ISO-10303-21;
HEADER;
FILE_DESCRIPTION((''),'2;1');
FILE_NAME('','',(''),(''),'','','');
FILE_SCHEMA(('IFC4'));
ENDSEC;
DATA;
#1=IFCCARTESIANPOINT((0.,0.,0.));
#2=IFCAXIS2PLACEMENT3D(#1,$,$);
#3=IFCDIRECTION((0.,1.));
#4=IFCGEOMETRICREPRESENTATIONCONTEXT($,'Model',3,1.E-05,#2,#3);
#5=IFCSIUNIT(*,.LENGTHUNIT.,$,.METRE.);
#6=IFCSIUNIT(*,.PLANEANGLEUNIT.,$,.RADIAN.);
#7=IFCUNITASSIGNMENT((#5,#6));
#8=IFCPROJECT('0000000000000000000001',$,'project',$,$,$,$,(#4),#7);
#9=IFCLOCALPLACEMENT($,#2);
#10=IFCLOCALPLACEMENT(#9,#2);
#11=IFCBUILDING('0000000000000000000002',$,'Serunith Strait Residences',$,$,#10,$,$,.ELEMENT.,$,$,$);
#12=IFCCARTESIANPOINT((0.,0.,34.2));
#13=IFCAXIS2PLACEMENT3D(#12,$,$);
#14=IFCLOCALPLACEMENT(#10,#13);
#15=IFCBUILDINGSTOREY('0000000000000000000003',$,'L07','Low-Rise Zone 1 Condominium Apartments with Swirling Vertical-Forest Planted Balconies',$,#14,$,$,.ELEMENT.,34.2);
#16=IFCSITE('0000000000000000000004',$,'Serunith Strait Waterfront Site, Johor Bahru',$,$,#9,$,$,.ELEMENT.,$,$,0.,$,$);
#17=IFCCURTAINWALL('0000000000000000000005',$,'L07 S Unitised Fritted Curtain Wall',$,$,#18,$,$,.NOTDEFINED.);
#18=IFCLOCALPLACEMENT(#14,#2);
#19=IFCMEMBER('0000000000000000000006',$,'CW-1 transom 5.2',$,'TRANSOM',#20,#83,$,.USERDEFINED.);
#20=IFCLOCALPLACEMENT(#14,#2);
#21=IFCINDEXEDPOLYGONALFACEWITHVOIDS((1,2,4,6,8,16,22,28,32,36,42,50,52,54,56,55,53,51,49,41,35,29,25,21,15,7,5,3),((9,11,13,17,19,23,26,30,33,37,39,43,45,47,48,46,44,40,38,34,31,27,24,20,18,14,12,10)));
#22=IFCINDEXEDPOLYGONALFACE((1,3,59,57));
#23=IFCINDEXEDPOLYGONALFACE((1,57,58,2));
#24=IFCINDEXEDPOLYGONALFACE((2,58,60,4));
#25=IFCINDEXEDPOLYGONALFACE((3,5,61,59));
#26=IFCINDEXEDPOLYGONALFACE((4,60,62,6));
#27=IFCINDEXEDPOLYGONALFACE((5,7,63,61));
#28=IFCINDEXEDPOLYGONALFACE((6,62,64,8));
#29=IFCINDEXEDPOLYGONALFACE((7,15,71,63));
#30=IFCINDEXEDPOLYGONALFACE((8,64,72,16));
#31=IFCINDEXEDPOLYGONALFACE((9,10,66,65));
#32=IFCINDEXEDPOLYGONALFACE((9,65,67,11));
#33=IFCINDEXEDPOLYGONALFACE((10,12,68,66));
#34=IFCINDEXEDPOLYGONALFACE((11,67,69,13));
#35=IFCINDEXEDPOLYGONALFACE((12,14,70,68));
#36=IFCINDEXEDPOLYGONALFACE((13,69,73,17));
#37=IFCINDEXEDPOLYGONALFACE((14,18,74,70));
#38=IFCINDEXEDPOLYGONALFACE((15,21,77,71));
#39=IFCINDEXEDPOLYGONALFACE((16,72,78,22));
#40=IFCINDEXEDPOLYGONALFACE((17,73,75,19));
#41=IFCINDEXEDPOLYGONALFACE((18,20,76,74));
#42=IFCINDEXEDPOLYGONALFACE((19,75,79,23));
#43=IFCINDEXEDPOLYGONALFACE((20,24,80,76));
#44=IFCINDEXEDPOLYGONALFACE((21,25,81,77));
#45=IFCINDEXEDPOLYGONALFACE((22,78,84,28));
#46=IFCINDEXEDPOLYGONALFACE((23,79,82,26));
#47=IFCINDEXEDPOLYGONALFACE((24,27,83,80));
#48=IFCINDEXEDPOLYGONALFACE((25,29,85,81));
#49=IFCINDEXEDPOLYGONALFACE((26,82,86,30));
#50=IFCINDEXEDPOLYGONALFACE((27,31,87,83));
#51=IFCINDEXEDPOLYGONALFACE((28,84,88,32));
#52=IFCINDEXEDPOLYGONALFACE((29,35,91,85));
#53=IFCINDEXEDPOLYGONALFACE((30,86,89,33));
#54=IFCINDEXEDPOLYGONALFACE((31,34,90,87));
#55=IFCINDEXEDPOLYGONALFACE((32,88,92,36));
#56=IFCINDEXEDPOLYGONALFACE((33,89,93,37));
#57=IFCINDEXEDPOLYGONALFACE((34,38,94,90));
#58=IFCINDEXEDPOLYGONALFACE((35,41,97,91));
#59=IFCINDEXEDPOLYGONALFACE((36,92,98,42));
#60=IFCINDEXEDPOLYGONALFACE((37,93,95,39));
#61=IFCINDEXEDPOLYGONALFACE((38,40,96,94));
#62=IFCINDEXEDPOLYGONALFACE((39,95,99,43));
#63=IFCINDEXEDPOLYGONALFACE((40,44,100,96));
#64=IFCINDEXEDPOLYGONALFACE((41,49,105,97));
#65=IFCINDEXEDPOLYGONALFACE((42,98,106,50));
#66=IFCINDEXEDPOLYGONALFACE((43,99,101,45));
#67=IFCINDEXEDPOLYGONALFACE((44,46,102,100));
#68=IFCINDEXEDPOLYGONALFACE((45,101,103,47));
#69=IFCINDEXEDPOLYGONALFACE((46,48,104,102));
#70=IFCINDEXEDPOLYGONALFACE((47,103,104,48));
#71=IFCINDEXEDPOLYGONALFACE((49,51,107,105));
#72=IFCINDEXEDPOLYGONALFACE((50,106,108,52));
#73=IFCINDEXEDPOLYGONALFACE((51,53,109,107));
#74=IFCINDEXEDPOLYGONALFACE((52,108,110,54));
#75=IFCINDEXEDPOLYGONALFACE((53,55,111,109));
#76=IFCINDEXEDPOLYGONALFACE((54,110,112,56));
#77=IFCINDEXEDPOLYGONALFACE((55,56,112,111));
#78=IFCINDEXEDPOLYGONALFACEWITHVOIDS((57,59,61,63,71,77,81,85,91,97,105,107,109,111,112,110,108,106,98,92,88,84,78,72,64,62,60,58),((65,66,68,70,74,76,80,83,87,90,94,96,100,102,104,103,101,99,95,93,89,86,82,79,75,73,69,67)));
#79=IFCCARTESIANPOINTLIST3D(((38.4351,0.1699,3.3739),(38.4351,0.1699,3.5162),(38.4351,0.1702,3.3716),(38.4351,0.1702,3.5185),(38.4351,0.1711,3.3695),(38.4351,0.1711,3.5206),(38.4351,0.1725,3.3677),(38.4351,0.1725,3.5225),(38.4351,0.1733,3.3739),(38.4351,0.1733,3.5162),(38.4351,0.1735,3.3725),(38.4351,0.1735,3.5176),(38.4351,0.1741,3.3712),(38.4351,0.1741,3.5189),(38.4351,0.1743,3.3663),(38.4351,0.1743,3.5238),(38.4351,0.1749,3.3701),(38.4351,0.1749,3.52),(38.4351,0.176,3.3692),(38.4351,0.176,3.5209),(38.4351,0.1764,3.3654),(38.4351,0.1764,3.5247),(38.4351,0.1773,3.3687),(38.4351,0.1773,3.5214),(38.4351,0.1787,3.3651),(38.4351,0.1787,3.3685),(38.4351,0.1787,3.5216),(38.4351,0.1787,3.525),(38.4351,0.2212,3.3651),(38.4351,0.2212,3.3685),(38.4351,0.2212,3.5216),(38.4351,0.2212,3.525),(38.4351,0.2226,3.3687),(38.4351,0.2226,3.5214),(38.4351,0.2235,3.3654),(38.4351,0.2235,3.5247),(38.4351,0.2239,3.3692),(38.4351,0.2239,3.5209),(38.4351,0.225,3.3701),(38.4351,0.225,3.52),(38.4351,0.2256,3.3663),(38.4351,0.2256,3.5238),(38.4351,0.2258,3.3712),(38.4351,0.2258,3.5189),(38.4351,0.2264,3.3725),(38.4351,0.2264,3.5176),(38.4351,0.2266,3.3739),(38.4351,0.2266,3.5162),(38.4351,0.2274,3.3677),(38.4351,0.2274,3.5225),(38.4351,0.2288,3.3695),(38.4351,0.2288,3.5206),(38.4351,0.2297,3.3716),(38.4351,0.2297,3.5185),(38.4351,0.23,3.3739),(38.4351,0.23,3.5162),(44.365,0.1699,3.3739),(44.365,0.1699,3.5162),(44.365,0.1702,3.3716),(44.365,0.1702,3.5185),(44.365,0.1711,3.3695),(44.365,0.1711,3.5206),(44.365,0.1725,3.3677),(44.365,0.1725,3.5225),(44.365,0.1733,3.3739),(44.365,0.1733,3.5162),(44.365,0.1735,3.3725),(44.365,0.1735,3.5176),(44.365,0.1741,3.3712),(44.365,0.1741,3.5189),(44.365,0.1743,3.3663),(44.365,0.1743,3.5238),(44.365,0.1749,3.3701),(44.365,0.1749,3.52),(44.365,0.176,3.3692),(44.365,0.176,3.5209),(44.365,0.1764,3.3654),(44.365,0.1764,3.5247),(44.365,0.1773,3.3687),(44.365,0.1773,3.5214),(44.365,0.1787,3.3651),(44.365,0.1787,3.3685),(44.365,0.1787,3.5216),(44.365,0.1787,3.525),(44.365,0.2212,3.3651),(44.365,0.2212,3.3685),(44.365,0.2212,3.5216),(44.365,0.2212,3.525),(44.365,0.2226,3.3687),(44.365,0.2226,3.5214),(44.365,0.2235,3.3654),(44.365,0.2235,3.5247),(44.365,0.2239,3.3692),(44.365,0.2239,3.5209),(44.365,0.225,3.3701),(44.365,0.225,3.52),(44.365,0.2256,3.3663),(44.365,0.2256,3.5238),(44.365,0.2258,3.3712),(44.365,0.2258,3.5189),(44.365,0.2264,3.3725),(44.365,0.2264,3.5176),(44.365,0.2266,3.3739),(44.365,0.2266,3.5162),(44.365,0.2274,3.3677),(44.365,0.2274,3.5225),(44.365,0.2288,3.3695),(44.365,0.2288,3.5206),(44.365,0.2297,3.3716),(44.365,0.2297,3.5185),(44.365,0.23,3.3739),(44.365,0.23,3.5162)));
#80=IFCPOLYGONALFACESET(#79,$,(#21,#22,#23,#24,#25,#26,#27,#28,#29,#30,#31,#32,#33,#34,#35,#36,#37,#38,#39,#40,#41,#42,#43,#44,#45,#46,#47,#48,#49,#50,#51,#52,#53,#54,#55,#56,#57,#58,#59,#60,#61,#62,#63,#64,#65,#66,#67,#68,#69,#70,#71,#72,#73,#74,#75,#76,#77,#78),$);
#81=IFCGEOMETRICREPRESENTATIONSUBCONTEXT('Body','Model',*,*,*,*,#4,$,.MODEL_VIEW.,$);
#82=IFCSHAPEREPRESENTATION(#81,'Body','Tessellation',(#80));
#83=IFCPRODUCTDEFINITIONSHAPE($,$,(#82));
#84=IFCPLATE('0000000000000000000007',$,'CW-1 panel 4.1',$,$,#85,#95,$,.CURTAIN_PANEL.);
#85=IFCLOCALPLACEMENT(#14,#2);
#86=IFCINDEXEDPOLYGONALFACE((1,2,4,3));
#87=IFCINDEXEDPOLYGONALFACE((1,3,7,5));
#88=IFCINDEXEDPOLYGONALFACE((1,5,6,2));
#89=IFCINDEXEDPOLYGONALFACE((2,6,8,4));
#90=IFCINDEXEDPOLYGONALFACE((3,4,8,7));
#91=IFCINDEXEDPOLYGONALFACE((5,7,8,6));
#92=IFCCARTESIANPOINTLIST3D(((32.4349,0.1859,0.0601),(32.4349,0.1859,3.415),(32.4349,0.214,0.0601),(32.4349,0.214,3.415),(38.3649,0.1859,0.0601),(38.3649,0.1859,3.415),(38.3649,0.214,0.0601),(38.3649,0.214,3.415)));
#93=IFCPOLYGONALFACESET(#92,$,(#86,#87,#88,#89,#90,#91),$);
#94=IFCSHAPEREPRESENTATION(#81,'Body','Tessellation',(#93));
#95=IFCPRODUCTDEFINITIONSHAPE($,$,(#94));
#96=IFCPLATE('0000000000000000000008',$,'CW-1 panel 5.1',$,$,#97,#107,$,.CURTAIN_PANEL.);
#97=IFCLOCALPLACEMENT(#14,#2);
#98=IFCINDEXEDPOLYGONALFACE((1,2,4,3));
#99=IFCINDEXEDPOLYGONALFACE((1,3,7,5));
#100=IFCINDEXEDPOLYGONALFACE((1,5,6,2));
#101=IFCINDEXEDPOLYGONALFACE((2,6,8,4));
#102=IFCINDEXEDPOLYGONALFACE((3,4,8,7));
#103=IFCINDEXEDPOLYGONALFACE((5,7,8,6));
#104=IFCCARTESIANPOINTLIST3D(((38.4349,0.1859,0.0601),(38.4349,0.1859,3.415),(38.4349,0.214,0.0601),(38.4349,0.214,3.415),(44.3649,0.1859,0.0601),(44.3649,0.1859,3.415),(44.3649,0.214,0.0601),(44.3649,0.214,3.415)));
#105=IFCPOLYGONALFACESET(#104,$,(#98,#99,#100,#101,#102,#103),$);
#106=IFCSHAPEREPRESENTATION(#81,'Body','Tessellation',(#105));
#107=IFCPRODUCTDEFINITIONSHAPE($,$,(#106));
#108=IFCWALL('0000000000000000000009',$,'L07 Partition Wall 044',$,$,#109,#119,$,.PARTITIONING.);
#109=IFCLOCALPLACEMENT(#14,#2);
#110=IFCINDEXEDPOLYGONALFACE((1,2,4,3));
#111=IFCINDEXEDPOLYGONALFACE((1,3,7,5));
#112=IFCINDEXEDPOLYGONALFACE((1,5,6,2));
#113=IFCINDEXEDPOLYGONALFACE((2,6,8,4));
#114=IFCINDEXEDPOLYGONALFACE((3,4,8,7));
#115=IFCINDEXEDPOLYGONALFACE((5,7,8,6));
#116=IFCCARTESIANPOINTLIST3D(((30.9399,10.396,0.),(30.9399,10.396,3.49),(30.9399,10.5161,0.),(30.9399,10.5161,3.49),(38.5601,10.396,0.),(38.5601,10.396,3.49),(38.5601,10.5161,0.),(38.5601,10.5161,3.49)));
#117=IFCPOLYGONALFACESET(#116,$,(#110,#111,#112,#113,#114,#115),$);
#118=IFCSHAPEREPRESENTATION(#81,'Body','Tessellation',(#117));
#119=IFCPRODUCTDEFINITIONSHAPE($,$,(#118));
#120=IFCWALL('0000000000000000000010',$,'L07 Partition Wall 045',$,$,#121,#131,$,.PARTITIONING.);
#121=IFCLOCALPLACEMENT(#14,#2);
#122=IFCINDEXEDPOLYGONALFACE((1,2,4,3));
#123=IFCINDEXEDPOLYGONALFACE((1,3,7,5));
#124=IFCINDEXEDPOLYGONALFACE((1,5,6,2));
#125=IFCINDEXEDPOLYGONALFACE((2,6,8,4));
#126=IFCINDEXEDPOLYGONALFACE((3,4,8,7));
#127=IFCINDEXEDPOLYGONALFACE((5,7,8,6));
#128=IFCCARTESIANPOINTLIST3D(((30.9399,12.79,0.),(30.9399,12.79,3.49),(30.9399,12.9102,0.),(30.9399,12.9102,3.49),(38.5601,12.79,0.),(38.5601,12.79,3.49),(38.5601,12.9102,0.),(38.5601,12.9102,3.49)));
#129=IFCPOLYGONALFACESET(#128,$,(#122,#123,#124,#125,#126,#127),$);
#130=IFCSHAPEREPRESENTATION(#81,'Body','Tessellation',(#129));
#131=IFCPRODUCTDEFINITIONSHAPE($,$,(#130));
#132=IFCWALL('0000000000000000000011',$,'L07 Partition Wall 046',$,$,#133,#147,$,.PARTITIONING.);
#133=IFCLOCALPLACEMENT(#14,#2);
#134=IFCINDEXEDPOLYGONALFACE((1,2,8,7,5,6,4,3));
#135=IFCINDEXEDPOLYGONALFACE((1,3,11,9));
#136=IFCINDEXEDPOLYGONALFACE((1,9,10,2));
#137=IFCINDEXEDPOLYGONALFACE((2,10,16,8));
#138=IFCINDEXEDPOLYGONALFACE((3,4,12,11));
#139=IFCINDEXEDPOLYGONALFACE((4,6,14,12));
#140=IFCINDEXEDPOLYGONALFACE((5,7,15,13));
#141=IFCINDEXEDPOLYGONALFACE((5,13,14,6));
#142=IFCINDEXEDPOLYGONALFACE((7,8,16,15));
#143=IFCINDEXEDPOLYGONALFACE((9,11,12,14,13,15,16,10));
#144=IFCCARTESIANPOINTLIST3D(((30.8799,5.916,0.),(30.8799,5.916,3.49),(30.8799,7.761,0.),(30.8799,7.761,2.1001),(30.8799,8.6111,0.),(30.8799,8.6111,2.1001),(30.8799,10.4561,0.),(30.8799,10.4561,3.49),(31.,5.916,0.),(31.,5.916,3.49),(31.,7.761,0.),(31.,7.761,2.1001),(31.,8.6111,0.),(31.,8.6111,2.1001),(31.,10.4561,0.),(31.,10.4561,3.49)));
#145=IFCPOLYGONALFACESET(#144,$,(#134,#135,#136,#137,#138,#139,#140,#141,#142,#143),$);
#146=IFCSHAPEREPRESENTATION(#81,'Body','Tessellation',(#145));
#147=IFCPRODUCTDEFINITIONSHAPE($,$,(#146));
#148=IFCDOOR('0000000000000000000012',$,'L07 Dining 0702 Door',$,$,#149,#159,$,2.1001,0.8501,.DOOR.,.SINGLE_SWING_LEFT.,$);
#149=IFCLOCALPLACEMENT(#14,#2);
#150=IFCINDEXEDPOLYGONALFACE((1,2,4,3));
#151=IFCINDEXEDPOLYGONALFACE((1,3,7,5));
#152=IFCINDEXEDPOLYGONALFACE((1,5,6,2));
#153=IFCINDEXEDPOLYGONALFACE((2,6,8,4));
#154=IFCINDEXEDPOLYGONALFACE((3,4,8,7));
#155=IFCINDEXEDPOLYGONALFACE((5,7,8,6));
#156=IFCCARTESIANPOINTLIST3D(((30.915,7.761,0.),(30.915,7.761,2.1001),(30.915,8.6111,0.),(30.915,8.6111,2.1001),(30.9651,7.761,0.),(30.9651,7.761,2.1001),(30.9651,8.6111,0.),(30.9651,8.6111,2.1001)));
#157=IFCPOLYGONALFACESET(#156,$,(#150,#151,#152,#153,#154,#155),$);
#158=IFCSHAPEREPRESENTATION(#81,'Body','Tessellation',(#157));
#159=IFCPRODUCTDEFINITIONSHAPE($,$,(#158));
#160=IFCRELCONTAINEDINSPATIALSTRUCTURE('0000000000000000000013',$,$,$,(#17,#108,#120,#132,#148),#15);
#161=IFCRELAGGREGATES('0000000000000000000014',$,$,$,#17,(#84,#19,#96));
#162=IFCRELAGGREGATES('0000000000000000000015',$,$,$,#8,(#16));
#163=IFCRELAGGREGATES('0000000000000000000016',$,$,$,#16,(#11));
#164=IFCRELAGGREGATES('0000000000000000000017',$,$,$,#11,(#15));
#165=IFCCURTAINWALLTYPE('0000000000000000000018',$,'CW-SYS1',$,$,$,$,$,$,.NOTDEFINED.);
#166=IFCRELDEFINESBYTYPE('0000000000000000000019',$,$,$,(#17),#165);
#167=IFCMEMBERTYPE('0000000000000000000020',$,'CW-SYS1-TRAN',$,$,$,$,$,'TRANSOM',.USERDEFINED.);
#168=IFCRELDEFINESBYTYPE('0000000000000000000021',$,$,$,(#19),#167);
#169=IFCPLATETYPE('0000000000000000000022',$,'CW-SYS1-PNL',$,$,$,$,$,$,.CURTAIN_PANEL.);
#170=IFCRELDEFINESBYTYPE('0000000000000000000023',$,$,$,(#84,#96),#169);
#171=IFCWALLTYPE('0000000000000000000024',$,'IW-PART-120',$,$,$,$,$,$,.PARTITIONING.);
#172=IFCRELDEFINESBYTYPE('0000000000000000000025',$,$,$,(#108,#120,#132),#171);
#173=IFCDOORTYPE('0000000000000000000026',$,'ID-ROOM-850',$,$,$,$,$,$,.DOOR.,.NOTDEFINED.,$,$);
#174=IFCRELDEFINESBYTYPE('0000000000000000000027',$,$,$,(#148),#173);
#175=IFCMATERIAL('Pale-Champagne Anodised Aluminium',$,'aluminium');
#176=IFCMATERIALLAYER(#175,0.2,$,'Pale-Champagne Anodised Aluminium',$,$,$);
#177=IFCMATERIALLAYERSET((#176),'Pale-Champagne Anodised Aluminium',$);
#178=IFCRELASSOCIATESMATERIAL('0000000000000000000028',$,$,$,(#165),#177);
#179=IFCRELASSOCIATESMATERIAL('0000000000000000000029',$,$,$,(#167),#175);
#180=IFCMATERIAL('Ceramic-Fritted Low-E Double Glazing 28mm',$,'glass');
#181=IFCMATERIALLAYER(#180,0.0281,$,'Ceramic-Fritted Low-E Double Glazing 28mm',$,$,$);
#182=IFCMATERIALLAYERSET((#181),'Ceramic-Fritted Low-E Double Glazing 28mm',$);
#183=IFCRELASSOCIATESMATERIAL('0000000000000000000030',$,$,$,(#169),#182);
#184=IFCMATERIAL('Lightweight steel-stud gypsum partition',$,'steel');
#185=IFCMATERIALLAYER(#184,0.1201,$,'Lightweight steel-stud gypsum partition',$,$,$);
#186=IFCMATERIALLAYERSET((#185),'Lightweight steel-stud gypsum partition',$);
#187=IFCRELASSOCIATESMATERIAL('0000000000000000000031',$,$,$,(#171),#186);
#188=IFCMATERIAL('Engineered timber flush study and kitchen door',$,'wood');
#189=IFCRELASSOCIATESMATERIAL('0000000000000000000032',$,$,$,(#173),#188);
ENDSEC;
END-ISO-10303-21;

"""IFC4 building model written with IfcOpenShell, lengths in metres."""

from ifc_helpers import new_model, si_unit, direction, frame, frame_2d, origin, origin_2d, place, context, subcontext, project, spatial, rectangle, hollow_rectangle, extrude, source, transform, mapped, material, layer, layer_set, material_profile, profile_set, type_object, element, fill, aggregate, save


model = new_model("IFC4")

# Units and contexts
model_context = context("Model", 3, precision=1e-05, world=origin(), true_north=direction((0.0, 1.0)))
body_context = subcontext(model_context, "Body", "Model", "MODEL_VIEW")
ifc_project = project(units=[si_unit("LENGTHUNIT", "METRE"), si_unit("PLANEANGLEUNIT", "RADIAN")], contexts=[model_context])

# Site, building, storey
site_placement = place(None, origin())
site = spatial("IfcSite", under=ifc_project, at=site_placement, Name="Serunith Strait Waterfront Site, Johor Bahru", CompositionType="ELEMENT", RefElevation=0.0)
building_placement = place(site_placement, origin())
building = spatial("IfcBuilding", under=site, at=building_placement, Name="Serunith Strait Residences", CompositionType="ELEMENT")
storey_placement = place(building_placement, frame((0.0, 0.0, 34.2)))
storey = spatial("IfcBuildingStorey", under=building, at=storey_placement, Name="L07", Description="Low-Rise Zone 1 Condominium Apartments with Swirling Vertical-Forest Planted Balconies", CompositionType="ELEMENT", Elevation=34.2)

# Curtain wall, member, plates
ifc_material_1 = material(Name="Pale-Champagne Anodised Aluminium", Category="aluminium")
ifc_layer_1 = layer(ifc_material_1, 0.2, Name="Pale-Champagne Anodised Aluminium")
ifc_layer_set_1 = layer_set([ifc_layer_1], Name="Pale-Champagne Anodised Aluminium")
curtain_wall_type = type_object("IfcCurtainWallType", Name="CW-SYS1", PredefinedType="NOTDEFINED", material=ifc_layer_set_1)
curtain_wall_placement = place(storey_placement, origin())
curtain_wall = element("IfcCurtainWall", 1, at=curtain_wall_placement, inside=storey, type_object=curtain_wall_type, Name="L07 S Unitised Fritted Curtain Wall", PredefinedType="NOTDEFINED")
ifc_material_profile_1 = material_profile(ifc_material_1, hollow_rectangle(XDim=0.0601, YDim=0.1599, WallThickness=0.0034, InnerFilletRadius=0.0054, OuterFilletRadius=0.0088, at=origin_2d()), Name="ALU 160x60x3.5")
ifc_profile_set_1 = profile_set([ifc_material_profile_1], Name="Pale-Champagne Anodised Aluminium")
member_type_1 = type_object("IfcMemberType", Name="CW-SYS1-TRAN", ElementType="TRANSOM", PredefinedType="USERDEFINED", material=ifc_profile_set_1)
shared_shape_1 = source(origin(), body_context, "Body", "SweptSolid", [
    extrude(hollow_rectangle(XDim=0.0601, YDim=0.1599, WallThickness=0.0034, InnerFilletRadius=0.0054, OuterFilletRadius=0.0088, at=origin_2d()), origin(), (0.0, 0.0, 1.0), 5.9299),
])
member_1_placement = place(storey_placement, frame((38.4351, 0.2, 3.4451), z_axis=(1.0, 0.0, 0.0), x_axis=(0.0, 1.0, 0.0)))
member_1 = element("IfcMember", 2, at=member_1_placement, type_object=member_type_1, Name="CW-1 transom 5.2", ObjectType="TRANSOM", PredefinedType="USERDEFINED", context=body_context, shape_type="MappedRepresentation", body=[
    mapped(shared_shape_1, transform((0.0, 0.0, 0.0), scale=1.0)),
])
ifc_material_2 = material(Name="Ceramic-Fritted Low-E Double Glazing 28mm", Category="glass")
ifc_layer_2 = layer(ifc_material_2, 0.0281, Name="Ceramic-Fritted Low-E Double Glazing 28mm")
ifc_layer_set_2 = layer_set([ifc_layer_2], Name="Ceramic-Fritted Low-E Double Glazing 28mm")
plate_type = type_object("IfcPlateType", Name="CW-SYS1-PNL", PredefinedType="CURTAIN_PANEL", material=ifc_layer_set_2)
shared_shape_2 = source(origin(), body_context, "Body", "SweptSolid", [
    extrude(rectangle(XDim=5.9299, YDim=0.0281, at=origin_2d()), origin(), (0.0, 0.0, 1.0), 3.355),
])
plate_1_placement = place(storey_placement, frame((35.3999, 0.2, 0.0601), z_axis=(0.0, 0.0, 1.0), x_axis=(1.0, 0.0, 0.0)))
plate_1 = element("IfcPlate", 3, at=plate_1_placement, type_object=plate_type, Name="CW-1 panel 4.1", PredefinedType="CURTAIN_PANEL", context=body_context, shape_type="MappedRepresentation", body=[
    mapped(shared_shape_2, transform((0.0, 0.0, 0.0), scale=1.0)),
])
plate_2_placement = place(storey_placement, frame((41.3999, 0.2, 0.0601), z_axis=(0.0, 0.0, 1.0), x_axis=(1.0, 0.0, 0.0)))
plate_2 = element("IfcPlate", 4, at=plate_2_placement, type_object=plate_type, Name="CW-1 panel 5.1", PredefinedType="CURTAIN_PANEL", context=body_context, shape_type="MappedRepresentation", body=[
    mapped(shared_shape_2, transform((0.0, 0.0, 0.0), scale=1.0)),
])
aggregate(curtain_wall, [plate_1, member_1, plate_2])

# Walls
ifc_material_3 = material(Name="Lightweight steel-stud gypsum partition", Category="steel")
ifc_layer_3 = layer(ifc_material_3, 0.1201, Name="Lightweight steel-stud gypsum partition")
ifc_layer_set_3 = layer_set([ifc_layer_3], Name="Lightweight steel-stud gypsum partition")
wall_type_1 = type_object("IfcWallType", Name="IW-PART-120", PredefinedType="PARTITIONING", material=ifc_layer_set_3)
for number, where, z_axis, x_axis, name in (
    (5, (30.9399, 10.4561, 0.0), (0.0, 0.0, 1.0), (1.0, 0.0, 0.0), "L07 Partition Wall 044"),
    (6, (30.9399, 12.8501, 0.0), (0.0, 0.0, 1.0), (1.0, 0.0, 0.0), "L07 Partition Wall 045"),
):
    element("IfcWall", number, at=place(storey_placement, frame(where, z_axis=z_axis, x_axis=x_axis)), inside=storey, type_object=wall_type_1, Name=name, PredefinedType="PARTITIONING", context=body_context, shape_type="SweptSolid", body=[
        extrude(rectangle(XDim=7.6201, YDim=0.1201, at=frame_2d((3.8101, 0.0))), origin(), (0.0, 0.0, 1.0), 3.49),
    ])

# Wall, opening, door
wall_1_placement = place(storey_placement, frame((30.9399, 5.916, 0.0), z_axis=(0.0, 0.0, 1.0), x_axis=(0.0, 1.0, 0.0)))
wall_1 = element("IfcWall", 7, at=wall_1_placement, inside=storey, type_object=wall_type_1, Name="L07 Partition Wall 046", PredefinedType="PARTITIONING", context=body_context, shape_type="SweptSolid", body=[
    extrude(rectangle(XDim=4.54, YDim=0.1201, at=frame_2d((2.27, 0.0))), origin(), (0.0, 0.0, 1.0), 3.49),
])
opening_1_placement = place(wall_1_placement, frame((1.845, 0.0, 0.0)))
opening_1 = element("IfcOpeningElement", 8, at=opening_1_placement, cuts=wall_1, PredefinedType="OPENING", context=body_context, shape_type="SweptSolid", body=[
    extrude(rectangle(XDim=0.8501, YDim=2.1001, at=frame_2d((0.425, 1.05))), frame((0.0, 0.0701, 0.0), z_axis=(0.0, -1.0, 0.0), x_axis=(1.0, 0.0, 0.0)), (0.0, 0.0, 1.0), 0.1401),
])
ifc_material_4 = material(Name="Engineered timber flush study and kitchen door", Category="wood")
door_type_1 = type_object("IfcDoorType", Name="ID-ROOM-850", OperationType="NOTDEFINED", PredefinedType="DOOR", material=ifc_material_4)
shared_shape_3 = source(origin(), body_context, "Body", "SweptSolid", [
    extrude(rectangle(XDim=0.8501, YDim=2.1001, at=frame_2d((0.425, 1.05))), frame((0.0, 0.0249, 0.0), z_axis=(0.0, -1.0, 0.0), x_axis=(1.0, 0.0, 0.0)), (0.0, 0.0, 1.0), 0.05),
])
door_1_placement = place(opening_1_placement, origin())
door_1 = element("IfcDoor", 9, at=door_1_placement, inside=storey, type_object=door_type_1, Name="L07 Dining 0702 Door", OperationType="SINGLE_SWING_LEFT", OverallHeight=2.1001, OverallWidth=0.8501, PredefinedType="DOOR", context=body_context, shape_type="MappedRepresentation", body=[
    mapped(shared_shape_3, transform((0.0, 0.0, 0.0), scale=1.0)),
])
fill(opening_1, door_1)

save(model, "model.ifc")
